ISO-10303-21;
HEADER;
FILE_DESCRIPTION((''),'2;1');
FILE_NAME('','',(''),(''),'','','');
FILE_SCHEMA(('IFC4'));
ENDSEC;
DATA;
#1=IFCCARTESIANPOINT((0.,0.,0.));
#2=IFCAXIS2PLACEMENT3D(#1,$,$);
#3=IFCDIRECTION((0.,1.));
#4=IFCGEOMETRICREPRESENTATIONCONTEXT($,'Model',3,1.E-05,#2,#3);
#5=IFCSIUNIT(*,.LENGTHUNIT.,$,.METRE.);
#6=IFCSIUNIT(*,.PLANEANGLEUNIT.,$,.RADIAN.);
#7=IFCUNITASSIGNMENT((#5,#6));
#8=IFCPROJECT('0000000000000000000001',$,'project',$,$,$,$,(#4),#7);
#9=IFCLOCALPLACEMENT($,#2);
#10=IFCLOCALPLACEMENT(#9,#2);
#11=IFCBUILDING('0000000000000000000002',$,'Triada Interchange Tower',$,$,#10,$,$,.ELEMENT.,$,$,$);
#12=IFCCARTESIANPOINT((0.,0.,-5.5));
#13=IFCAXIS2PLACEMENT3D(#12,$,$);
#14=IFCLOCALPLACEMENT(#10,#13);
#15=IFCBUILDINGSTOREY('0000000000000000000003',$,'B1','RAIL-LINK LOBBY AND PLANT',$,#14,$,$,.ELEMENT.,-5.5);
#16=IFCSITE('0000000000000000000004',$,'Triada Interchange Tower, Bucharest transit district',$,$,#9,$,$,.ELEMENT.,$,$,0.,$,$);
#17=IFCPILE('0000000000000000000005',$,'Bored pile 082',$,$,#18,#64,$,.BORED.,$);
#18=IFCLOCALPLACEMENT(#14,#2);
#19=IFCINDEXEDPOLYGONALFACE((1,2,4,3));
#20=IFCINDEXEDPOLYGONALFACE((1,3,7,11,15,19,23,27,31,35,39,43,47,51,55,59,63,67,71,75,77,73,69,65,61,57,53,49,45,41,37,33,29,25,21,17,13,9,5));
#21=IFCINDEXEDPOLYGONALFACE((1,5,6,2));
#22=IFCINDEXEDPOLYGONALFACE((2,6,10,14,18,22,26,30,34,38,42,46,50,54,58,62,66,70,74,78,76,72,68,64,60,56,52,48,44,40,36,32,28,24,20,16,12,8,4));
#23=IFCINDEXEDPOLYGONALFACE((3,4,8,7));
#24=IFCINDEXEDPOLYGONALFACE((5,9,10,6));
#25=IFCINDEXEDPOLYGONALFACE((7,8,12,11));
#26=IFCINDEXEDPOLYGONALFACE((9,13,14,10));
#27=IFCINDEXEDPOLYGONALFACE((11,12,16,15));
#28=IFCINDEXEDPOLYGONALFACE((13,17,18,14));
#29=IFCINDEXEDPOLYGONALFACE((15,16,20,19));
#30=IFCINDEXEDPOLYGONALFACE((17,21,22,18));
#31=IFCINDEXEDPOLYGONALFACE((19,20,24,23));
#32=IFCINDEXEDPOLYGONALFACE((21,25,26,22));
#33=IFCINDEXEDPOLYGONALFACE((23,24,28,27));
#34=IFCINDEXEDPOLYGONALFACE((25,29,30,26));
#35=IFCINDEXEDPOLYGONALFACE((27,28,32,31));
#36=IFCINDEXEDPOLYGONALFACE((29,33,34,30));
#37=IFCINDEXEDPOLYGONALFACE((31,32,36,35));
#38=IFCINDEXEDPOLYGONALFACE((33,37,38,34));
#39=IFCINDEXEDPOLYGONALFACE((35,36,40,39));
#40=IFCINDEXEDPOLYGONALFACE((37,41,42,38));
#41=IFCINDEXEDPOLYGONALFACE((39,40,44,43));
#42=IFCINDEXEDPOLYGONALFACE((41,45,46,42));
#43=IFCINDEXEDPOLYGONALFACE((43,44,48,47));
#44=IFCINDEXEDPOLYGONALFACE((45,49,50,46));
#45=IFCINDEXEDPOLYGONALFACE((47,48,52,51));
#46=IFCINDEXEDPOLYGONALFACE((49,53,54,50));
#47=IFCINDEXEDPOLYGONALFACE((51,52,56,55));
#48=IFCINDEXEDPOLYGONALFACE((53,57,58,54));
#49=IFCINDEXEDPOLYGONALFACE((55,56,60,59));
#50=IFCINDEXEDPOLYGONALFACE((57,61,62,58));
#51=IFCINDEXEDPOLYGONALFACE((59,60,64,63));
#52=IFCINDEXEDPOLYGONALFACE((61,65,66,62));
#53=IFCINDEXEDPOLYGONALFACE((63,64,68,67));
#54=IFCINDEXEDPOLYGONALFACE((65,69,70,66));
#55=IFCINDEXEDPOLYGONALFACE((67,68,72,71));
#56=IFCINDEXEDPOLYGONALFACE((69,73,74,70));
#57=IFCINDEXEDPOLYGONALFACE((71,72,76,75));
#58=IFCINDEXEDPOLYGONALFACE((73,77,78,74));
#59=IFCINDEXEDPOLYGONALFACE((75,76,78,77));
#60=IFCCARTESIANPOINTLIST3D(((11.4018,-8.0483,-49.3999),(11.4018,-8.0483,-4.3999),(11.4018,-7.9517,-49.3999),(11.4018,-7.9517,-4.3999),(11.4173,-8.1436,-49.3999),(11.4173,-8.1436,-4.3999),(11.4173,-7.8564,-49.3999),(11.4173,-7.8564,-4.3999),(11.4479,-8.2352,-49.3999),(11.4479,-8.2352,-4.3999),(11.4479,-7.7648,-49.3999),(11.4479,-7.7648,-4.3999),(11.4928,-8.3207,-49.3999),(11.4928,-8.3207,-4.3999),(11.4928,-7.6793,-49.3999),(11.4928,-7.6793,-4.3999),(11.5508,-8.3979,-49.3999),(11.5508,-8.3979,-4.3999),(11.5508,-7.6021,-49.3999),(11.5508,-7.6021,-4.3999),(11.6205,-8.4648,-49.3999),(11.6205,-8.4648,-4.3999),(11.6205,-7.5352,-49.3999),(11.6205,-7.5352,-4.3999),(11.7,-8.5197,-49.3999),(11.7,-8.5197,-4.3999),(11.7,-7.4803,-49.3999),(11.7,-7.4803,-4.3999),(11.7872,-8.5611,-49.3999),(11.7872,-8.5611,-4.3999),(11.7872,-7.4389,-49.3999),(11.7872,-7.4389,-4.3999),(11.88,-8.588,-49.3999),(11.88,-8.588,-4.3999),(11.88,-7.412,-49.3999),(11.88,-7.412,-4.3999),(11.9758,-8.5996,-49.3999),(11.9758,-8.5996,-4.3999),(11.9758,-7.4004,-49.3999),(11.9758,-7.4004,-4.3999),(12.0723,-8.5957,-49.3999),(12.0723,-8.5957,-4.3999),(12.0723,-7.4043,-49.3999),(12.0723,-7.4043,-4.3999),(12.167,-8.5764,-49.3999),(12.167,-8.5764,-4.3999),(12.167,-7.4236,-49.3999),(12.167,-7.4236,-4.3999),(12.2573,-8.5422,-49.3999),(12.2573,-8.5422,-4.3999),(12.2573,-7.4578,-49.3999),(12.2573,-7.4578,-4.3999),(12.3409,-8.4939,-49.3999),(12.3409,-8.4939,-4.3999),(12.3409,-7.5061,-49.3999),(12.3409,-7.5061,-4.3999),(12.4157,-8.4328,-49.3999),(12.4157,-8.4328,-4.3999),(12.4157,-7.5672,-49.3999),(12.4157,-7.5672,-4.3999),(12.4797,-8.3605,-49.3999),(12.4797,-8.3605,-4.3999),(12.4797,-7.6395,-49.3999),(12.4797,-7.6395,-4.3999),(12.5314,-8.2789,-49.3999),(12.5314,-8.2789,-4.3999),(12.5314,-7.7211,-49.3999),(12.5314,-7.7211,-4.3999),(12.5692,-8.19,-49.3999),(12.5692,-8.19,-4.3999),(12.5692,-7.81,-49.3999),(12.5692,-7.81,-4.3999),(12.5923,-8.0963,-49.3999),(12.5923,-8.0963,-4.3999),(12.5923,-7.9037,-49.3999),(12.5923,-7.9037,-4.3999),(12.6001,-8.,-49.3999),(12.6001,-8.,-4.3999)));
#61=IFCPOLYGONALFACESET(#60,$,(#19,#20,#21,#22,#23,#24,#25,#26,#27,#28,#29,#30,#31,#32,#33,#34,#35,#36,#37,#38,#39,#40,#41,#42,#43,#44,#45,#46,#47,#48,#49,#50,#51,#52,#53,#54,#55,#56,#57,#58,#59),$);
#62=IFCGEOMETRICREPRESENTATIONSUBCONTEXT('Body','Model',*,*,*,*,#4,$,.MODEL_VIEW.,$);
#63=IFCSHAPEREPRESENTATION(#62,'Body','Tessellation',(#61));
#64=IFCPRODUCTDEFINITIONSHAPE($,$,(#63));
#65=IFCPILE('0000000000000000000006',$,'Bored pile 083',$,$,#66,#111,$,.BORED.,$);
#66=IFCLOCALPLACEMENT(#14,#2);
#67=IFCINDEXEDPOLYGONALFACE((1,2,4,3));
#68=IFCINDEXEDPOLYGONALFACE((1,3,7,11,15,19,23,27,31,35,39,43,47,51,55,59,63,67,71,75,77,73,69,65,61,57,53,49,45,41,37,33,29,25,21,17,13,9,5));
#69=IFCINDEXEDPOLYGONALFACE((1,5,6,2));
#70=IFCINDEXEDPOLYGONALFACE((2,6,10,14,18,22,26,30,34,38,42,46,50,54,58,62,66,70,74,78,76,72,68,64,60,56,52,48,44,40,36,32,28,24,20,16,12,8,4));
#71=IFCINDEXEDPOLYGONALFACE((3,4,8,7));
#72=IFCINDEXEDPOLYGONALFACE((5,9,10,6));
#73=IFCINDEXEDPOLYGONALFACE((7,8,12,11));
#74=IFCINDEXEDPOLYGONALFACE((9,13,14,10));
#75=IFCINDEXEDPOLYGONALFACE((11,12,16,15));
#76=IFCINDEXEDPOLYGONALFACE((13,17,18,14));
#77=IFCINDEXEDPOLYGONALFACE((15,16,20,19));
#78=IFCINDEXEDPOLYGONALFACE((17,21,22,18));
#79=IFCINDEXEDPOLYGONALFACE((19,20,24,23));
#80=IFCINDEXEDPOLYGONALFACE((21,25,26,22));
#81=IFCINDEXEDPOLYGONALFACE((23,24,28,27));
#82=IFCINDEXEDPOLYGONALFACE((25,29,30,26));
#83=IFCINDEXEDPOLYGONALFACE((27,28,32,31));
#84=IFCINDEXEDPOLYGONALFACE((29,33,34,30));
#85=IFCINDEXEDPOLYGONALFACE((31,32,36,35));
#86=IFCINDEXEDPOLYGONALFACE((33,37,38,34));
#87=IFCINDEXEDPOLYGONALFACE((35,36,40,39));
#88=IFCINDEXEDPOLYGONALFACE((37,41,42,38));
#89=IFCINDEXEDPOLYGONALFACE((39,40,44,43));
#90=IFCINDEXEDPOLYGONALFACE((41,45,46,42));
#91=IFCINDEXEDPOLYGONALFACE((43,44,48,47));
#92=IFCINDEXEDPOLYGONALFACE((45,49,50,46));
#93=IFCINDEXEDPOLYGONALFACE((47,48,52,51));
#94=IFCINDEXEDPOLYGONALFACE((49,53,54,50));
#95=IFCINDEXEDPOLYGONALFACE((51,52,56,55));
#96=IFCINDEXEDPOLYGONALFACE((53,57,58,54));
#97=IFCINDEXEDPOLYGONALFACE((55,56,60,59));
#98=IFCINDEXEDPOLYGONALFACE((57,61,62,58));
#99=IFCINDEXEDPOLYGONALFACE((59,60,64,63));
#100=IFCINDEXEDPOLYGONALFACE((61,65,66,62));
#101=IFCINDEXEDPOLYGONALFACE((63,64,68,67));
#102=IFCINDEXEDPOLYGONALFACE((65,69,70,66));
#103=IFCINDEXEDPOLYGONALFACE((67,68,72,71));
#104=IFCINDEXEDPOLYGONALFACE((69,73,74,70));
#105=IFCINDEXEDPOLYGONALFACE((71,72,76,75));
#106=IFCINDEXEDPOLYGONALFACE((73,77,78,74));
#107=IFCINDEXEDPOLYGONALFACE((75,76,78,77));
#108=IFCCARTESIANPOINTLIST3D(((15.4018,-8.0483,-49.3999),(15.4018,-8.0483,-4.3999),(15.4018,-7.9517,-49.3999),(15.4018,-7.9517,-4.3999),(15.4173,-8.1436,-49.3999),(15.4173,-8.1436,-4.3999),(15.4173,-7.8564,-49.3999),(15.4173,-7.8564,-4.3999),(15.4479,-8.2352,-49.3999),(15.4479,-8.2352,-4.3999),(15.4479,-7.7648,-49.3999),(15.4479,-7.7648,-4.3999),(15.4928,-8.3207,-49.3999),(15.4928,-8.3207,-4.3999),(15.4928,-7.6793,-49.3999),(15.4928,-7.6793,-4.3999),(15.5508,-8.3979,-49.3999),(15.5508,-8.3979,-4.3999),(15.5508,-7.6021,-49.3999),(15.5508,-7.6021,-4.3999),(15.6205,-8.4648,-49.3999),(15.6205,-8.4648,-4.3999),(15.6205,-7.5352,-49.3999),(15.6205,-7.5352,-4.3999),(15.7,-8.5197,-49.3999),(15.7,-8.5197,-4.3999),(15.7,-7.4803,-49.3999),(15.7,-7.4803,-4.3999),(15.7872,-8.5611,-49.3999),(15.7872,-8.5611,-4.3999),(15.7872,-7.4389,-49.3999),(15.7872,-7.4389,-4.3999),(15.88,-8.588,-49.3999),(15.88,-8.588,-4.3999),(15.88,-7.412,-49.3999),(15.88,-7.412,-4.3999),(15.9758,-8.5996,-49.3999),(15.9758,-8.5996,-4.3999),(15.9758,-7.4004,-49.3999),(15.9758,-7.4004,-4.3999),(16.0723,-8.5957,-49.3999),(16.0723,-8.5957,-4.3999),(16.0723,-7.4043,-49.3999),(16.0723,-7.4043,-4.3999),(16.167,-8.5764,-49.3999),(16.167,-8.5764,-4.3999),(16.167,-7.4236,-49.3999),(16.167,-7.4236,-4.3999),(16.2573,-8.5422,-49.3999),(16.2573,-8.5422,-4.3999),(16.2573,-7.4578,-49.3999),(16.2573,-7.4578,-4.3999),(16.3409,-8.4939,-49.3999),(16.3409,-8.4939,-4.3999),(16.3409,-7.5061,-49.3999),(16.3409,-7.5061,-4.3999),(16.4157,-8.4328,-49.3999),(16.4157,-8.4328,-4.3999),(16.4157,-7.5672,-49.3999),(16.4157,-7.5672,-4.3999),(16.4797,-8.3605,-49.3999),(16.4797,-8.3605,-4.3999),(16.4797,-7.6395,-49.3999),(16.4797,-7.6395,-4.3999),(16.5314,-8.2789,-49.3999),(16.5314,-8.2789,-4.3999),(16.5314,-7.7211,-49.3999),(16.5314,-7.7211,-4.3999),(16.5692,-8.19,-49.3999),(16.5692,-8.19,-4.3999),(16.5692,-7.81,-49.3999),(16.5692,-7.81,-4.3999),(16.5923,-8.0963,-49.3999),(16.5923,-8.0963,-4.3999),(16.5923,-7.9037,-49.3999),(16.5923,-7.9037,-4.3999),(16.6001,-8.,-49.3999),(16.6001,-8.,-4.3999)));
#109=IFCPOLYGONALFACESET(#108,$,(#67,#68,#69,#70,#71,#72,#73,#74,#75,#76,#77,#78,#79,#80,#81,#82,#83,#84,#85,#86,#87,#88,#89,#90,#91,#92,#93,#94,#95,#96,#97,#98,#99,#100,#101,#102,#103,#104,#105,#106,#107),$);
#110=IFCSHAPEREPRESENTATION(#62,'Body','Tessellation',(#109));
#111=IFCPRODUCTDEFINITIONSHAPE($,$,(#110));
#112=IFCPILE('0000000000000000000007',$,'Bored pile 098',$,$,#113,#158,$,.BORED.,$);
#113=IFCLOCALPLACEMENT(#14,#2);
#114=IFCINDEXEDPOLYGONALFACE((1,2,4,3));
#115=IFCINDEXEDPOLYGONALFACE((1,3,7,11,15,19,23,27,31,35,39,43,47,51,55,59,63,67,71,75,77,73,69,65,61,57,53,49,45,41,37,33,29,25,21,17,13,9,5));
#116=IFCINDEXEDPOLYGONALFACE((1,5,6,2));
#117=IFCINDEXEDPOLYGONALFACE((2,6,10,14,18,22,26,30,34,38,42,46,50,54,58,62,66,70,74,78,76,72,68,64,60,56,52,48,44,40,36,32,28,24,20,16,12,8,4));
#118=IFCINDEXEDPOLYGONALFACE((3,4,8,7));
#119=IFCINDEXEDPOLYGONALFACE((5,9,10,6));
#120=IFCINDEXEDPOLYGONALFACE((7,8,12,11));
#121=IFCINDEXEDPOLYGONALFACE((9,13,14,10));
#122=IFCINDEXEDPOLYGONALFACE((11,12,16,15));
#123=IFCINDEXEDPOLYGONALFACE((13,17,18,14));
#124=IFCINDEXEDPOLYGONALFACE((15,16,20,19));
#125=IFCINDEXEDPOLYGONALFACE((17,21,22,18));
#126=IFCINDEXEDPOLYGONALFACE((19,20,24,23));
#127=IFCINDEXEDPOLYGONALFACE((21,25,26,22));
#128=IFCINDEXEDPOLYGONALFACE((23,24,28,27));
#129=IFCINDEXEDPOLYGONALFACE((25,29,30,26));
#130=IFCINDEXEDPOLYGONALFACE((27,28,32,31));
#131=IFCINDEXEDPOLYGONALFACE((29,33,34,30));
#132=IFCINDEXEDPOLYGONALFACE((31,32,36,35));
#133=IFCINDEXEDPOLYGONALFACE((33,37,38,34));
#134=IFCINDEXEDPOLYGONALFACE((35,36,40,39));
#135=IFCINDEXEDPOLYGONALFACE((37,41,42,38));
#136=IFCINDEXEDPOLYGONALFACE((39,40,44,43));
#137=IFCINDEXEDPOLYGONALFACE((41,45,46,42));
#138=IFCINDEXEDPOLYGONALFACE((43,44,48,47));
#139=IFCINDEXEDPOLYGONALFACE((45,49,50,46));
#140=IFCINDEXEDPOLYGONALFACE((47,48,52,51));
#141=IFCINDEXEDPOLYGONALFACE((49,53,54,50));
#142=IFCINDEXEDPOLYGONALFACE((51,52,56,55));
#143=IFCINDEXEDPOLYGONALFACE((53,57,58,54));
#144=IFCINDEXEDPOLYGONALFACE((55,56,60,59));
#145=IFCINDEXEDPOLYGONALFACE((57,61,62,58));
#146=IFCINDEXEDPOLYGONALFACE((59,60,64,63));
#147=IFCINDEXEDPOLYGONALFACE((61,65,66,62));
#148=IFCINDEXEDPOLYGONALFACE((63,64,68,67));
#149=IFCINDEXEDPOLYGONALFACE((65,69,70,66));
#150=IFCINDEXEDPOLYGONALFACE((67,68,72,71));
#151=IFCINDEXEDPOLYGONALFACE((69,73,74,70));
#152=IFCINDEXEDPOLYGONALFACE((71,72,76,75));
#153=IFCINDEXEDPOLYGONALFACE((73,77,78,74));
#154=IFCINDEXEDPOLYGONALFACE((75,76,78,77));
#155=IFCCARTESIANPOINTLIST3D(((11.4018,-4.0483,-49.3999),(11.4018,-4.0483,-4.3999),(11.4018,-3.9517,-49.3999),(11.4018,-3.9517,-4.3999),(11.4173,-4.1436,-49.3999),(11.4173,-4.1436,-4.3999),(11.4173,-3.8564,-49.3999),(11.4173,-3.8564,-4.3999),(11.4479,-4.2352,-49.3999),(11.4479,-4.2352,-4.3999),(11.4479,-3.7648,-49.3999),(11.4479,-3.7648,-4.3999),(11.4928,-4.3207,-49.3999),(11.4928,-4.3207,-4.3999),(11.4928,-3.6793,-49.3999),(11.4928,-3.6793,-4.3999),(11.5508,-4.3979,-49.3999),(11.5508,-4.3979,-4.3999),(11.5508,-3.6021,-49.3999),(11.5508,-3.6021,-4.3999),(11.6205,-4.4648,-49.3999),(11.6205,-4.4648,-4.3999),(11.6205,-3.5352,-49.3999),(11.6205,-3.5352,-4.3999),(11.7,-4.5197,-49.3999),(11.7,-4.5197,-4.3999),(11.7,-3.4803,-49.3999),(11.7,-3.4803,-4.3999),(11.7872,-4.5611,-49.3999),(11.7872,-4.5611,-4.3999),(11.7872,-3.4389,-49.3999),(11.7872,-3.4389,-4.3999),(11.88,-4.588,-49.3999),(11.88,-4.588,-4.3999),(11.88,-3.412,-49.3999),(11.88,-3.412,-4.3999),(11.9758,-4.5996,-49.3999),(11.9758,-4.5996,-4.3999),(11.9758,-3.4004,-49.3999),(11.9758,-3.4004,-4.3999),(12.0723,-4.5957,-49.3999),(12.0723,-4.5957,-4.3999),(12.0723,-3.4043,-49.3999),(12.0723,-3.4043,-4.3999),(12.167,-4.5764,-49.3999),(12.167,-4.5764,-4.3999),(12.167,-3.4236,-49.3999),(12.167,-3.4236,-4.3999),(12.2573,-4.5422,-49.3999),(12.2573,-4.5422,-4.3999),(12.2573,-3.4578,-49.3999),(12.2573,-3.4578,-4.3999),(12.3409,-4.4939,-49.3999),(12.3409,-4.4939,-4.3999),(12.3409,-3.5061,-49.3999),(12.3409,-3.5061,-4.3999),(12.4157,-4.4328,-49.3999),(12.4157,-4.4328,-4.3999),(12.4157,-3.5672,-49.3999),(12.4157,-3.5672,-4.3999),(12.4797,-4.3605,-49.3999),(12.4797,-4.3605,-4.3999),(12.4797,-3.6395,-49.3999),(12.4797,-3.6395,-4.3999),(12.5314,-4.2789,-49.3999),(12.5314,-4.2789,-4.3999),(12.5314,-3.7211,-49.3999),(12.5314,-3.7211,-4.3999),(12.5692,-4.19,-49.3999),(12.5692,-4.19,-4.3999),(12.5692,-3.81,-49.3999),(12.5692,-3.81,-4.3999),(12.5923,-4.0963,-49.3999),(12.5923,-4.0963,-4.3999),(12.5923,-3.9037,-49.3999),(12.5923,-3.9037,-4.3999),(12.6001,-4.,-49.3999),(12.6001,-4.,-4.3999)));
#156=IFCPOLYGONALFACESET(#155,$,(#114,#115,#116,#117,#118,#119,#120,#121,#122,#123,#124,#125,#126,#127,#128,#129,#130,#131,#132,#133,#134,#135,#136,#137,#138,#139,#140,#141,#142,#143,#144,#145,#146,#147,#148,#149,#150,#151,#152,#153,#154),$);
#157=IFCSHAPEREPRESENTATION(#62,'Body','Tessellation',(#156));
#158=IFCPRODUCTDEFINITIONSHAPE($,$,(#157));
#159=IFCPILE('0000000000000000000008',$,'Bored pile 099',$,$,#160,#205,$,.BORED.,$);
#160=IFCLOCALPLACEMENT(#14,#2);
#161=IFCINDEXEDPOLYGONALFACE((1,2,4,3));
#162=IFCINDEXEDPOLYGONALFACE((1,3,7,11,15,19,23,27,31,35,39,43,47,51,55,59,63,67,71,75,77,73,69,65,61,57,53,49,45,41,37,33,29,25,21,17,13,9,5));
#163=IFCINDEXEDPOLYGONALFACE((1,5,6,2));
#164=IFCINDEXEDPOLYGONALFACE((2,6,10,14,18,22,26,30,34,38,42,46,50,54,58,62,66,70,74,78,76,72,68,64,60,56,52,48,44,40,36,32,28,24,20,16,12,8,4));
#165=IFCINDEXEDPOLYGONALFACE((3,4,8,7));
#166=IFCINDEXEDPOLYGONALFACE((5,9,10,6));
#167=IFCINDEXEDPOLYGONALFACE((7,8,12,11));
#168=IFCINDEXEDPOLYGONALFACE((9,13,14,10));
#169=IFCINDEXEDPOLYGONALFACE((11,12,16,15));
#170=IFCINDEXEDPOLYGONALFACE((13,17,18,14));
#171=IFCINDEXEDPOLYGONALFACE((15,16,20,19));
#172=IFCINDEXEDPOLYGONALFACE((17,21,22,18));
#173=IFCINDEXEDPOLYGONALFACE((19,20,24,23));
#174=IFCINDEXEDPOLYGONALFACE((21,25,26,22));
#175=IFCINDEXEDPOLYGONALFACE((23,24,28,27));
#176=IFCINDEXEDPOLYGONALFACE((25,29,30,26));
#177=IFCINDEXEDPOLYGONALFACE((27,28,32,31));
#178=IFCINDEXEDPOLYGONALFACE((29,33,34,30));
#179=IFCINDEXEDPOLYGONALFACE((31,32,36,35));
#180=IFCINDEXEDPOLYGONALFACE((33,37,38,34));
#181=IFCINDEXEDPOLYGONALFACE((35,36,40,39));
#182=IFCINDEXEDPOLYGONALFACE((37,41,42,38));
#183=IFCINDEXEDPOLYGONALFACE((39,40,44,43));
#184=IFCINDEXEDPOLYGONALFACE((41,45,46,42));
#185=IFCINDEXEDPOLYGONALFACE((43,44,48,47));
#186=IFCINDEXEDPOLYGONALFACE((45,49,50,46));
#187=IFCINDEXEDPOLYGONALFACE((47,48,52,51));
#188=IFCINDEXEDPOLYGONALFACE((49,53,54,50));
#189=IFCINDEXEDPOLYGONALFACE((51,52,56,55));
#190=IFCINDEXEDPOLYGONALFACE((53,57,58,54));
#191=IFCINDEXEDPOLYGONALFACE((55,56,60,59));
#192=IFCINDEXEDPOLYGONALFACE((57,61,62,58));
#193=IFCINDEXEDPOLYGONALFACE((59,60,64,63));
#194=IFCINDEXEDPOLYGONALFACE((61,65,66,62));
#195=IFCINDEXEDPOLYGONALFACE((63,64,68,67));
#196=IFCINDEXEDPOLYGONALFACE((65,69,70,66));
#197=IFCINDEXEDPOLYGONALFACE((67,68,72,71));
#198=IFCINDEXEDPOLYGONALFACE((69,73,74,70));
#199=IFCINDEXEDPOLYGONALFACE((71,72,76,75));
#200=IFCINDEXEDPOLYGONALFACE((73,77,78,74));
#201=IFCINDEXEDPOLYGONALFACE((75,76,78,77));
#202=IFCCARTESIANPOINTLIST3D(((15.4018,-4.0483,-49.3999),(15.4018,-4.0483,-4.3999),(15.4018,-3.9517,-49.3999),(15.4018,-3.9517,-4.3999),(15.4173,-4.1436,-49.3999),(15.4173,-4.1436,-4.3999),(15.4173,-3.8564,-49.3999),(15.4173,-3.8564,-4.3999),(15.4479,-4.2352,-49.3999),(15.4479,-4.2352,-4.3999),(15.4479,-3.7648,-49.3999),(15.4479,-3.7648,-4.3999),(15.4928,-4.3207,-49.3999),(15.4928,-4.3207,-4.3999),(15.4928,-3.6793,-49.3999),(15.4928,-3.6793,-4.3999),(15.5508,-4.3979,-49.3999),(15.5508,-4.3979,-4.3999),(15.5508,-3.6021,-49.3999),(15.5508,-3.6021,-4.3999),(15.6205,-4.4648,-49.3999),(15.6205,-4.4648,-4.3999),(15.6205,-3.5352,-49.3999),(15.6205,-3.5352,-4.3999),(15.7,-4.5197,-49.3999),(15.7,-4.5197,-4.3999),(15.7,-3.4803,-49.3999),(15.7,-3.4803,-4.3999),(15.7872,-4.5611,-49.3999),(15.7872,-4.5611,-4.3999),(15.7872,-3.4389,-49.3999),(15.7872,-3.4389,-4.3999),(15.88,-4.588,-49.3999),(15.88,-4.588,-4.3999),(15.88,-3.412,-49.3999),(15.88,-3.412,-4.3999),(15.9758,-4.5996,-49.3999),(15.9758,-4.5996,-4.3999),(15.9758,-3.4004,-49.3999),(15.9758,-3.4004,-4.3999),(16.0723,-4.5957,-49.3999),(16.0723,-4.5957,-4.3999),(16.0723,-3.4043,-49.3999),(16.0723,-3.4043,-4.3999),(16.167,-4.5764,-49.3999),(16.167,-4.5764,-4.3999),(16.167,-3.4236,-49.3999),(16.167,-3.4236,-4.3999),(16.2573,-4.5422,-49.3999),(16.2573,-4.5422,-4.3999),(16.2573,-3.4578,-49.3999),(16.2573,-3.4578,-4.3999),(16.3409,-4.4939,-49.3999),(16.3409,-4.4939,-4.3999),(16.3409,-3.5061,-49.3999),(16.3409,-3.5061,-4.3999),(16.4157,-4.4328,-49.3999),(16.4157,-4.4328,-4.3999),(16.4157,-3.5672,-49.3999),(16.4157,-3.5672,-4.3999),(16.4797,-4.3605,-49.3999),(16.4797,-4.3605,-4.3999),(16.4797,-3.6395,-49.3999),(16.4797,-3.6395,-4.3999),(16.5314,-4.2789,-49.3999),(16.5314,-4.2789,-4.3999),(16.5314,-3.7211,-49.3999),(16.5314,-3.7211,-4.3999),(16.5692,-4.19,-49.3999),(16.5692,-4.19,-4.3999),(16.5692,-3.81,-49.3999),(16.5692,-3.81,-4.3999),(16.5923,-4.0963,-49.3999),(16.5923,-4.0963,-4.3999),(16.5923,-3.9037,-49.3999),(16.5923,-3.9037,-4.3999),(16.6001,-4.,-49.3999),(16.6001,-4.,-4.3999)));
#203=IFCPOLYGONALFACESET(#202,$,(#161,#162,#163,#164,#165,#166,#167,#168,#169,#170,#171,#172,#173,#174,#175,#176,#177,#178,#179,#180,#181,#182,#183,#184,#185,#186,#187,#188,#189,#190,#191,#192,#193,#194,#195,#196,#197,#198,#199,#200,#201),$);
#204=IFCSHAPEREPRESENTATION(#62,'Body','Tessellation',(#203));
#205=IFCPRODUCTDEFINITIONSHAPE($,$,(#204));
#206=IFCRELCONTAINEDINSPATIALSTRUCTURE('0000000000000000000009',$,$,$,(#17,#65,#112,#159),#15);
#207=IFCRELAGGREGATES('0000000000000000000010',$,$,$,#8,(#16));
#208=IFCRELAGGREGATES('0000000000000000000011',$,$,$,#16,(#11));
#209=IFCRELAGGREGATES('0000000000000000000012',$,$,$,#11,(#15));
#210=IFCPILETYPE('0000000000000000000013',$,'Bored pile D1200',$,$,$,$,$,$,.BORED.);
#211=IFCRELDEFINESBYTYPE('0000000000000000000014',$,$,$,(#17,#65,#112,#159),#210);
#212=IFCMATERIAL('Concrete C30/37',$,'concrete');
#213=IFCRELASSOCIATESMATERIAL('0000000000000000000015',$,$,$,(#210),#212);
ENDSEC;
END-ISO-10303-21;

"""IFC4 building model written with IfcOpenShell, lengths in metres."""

from ifc_helpers import new_model, si_unit, direction, frame, origin, origin_2d, place, context, subcontext, project, spatial, circle, extrude, material, material_profile, profile_set, type_object, element, save


model = new_model("IFC4")

# Units and contexts
model_context = context("Model", 3, precision=1e-05, world=origin(), true_north=direction((0.0, 1.0)))
body_context = subcontext(model_context, "Body", "Model", "MODEL_VIEW")
ifc_project = project(units=[si_unit("LENGTHUNIT", "METRE"), si_unit("PLANEANGLEUNIT", "RADIAN")], contexts=[model_context])

# Site, building, storey
site_placement = place(None, origin())
site = spatial("IfcSite", under=ifc_project, at=site_placement, Name="Triada Interchange Tower, Bucharest transit district", CompositionType="ELEMENT", RefElevation=0.0)
building_placement = place(site_placement, origin())
building = spatial("IfcBuilding", under=site, at=building_placement, Name="Triada Interchange Tower", CompositionType="ELEMENT")
storey_placement = place(building_placement, frame((0.0, 0.0, -5.5)))
storey = spatial("IfcBuildingStorey", under=building, at=storey_placement, Name="B1", Description="RAIL-LINK LOBBY AND PLANT", CompositionType="ELEMENT", Elevation=-5.5)

# Piles
ifc_material_1 = material(Name="Concrete C30/37", Category="concrete")
ifc_material_profile_1 = material_profile(ifc_material_1, circle(Radius=0.6001, at=origin_2d()), Name="RC D1200")
ifc_profile_set_1 = profile_set([ifc_material_profile_1], Name="Concrete C30/37")
pile_type = type_object("IfcPileType", Name="Bored pile D1200", PredefinedType="BORED", material=ifc_profile_set_1)
for number, where, z_axis, x_axis, name in (
    (1, (12.0, -8.0, -4.3999), (0.0, 0.0, -1.0), (1.0, 0.0, 0.0), "Bored pile 082"),
    (2, (16.0, -8.0, -4.3999), (0.0, 0.0, -1.0), (1.0, 0.0, 0.0), "Bored pile 083"),
    (3, (12.0, -4.0, -4.3999), (0.0, 0.0, -1.0), (1.0, 0.0, 0.0), "Bored pile 098"),
    (4, (16.0, -4.0, -4.3999), (0.0, 0.0, -1.0), (1.0, 0.0, 0.0), "Bored pile 099"),
):
    element("IfcPile", number, at=place(storey_placement, frame(where, z_axis=z_axis, x_axis=x_axis)), inside=storey, type_object=pile_type, Name=name, PredefinedType="BORED", context=body_context, shape_type="SweptSolid", body=[
        extrude(circle(Radius=0.6001, at=origin_2d()), origin(), (0.0, 0.0, 1.0), 45.0),
    ])

save(model, "model.ifc")
